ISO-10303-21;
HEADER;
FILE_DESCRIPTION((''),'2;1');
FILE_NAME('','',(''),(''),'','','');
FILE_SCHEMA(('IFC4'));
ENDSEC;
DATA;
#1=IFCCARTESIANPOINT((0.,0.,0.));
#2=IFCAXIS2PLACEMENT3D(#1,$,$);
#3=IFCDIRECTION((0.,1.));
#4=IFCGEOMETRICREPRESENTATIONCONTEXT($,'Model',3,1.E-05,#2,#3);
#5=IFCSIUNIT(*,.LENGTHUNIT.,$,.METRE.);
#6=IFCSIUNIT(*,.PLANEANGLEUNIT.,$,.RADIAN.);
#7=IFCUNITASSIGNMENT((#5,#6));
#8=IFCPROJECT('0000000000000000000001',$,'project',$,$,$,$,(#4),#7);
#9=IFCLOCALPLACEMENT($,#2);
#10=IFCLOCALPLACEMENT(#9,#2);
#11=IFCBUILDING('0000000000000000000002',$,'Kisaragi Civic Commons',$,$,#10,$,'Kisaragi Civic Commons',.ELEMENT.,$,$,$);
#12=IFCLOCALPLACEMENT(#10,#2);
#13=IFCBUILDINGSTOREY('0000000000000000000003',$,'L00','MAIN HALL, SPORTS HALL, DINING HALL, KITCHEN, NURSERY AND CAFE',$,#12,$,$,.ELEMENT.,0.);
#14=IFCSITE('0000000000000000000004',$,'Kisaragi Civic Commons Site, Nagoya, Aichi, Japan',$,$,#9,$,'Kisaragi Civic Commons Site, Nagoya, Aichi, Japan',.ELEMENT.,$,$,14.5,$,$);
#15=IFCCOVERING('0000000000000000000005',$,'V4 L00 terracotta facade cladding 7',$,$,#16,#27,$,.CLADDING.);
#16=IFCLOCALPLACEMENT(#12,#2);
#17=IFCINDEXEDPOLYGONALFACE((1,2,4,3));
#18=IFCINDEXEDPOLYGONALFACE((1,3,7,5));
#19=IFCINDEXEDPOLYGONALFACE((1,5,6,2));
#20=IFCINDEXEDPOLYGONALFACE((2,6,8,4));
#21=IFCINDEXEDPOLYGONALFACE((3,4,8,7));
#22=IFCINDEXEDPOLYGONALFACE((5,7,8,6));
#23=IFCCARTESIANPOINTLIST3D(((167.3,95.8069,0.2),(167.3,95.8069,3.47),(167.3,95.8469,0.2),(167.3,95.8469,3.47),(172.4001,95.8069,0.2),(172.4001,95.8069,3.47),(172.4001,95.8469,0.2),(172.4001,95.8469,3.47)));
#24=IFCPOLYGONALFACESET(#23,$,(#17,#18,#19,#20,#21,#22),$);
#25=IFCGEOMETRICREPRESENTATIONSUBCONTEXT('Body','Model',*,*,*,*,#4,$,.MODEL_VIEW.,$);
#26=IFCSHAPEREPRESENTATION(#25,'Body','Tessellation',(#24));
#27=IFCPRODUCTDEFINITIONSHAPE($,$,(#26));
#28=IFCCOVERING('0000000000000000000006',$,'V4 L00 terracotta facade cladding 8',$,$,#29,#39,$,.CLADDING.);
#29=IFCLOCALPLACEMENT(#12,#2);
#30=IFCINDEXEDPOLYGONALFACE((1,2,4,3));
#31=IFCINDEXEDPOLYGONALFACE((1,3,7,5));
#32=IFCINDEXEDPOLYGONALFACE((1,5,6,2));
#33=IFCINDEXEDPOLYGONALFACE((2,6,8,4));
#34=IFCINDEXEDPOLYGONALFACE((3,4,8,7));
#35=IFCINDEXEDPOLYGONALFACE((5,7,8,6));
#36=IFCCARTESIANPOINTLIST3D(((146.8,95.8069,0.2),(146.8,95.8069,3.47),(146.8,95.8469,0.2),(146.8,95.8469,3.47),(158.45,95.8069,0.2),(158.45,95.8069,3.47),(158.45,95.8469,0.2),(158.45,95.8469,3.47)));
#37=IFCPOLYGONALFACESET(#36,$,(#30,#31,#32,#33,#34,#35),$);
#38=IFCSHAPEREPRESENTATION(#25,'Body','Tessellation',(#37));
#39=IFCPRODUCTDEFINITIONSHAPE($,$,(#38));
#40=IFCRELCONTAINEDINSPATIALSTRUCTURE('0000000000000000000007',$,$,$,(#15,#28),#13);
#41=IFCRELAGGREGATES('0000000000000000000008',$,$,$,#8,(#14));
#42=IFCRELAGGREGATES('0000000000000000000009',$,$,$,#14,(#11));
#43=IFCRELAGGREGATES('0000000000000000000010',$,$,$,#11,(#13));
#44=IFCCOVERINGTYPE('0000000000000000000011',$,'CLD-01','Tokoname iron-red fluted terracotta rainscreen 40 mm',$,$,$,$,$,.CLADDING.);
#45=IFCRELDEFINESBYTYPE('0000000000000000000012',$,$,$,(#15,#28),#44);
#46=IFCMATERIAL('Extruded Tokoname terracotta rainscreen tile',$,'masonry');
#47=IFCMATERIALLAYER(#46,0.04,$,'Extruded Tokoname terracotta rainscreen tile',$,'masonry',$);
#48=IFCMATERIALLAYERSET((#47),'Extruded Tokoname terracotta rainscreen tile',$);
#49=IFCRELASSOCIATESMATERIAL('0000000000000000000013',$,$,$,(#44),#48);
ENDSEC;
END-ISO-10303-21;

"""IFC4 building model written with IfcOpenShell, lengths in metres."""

from ifc_helpers import new_model, si_unit, direction, frame, origin, origin_2d, place, context, subcontext, project, spatial, rectangle, extrude, material, layer, layer_set, type_object, element, save


model = new_model("IFC4")

# Units and contexts
model_context = context("Model", 3, precision=1e-05, world=origin(), true_north=direction((0.0, 1.0)))
body_context = subcontext(model_context, "Body", "Model", "MODEL_VIEW")
ifc_project = project(units=[si_unit("LENGTHUNIT", "METRE"), si_unit("PLANEANGLEUNIT", "RADIAN")], contexts=[model_context])

# Site, building, storey
site_placement = place(None, origin())
site = spatial("IfcSite", under=ifc_project, at=site_placement, Name="Kisaragi Civic Commons Site, Nagoya, Aichi, Japan", LongName="Kisaragi Civic Commons Site, Nagoya, Aichi, Japan", CompositionType="ELEMENT", RefElevation=14.5)
building_placement = place(site_placement, origin())
building = spatial("IfcBuilding", under=site, at=building_placement, Name="Kisaragi Civic Commons", LongName="Kisaragi Civic Commons", CompositionType="ELEMENT")
storey_placement = place(building_placement, origin())
storey = spatial("IfcBuildingStorey", under=building, at=storey_placement, Name="L00", Description="MAIN HALL, SPORTS HALL, DINING HALL, KITCHEN, NURSERY AND CAFE", CompositionType="ELEMENT", Elevation=0.0)

# Coverings
ifc_material_1 = material(Name="Extruded Tokoname terracotta rainscreen tile", Category="masonry")
ifc_layer_1 = layer(ifc_material_1, 0.04, Name="Extruded Tokoname terracotta rainscreen tile", Category="masonry")
ifc_layer_set_1 = layer_set([ifc_layer_1], Name="Extruded Tokoname terracotta rainscreen tile")
covering_type = type_object("IfcCoveringType", Name="CLD-01", Description="Tokoname iron-red fluted terracotta rainscreen 40 mm", PredefinedType="CLADDING", material=ifc_layer_set_1)
covering_1_placement = place(storey_placement, frame((169.8501, 95.8269, 0.2), z_axis=(0.0, 0.0, 1.0), x_axis=(-1.0, 0.0, 0.0)))
element("IfcCovering", 1, at=covering_1_placement, inside=storey, type_object=covering_type, Name="V4 L00 terracotta facade cladding 7", PredefinedType="CLADDING", context=body_context, shape_type="SweptSolid", body=[
    extrude(rectangle(XDim=5.1001, YDim=0.04, at=origin_2d()), origin(), (0.0, 0.0, 1.0), 3.27),
])
covering_2_placement = place(storey_placement, frame((152.625, 95.8269, 0.2), z_axis=(0.0, 0.0, 1.0), x_axis=(-1.0, 0.0, 0.0)))
element("IfcCovering", 2, at=covering_2_placement, inside=storey, type_object=covering_type, Name="V4 L00 terracotta facade cladding 8", PredefinedType="CLADDING", context=body_context, shape_type="SweptSolid", body=[
    extrude(rectangle(XDim=11.6499, YDim=0.04, at=origin_2d()), origin(), (0.0, 0.0, 1.0), 3.27),
])

save(model, "model.ifc")
